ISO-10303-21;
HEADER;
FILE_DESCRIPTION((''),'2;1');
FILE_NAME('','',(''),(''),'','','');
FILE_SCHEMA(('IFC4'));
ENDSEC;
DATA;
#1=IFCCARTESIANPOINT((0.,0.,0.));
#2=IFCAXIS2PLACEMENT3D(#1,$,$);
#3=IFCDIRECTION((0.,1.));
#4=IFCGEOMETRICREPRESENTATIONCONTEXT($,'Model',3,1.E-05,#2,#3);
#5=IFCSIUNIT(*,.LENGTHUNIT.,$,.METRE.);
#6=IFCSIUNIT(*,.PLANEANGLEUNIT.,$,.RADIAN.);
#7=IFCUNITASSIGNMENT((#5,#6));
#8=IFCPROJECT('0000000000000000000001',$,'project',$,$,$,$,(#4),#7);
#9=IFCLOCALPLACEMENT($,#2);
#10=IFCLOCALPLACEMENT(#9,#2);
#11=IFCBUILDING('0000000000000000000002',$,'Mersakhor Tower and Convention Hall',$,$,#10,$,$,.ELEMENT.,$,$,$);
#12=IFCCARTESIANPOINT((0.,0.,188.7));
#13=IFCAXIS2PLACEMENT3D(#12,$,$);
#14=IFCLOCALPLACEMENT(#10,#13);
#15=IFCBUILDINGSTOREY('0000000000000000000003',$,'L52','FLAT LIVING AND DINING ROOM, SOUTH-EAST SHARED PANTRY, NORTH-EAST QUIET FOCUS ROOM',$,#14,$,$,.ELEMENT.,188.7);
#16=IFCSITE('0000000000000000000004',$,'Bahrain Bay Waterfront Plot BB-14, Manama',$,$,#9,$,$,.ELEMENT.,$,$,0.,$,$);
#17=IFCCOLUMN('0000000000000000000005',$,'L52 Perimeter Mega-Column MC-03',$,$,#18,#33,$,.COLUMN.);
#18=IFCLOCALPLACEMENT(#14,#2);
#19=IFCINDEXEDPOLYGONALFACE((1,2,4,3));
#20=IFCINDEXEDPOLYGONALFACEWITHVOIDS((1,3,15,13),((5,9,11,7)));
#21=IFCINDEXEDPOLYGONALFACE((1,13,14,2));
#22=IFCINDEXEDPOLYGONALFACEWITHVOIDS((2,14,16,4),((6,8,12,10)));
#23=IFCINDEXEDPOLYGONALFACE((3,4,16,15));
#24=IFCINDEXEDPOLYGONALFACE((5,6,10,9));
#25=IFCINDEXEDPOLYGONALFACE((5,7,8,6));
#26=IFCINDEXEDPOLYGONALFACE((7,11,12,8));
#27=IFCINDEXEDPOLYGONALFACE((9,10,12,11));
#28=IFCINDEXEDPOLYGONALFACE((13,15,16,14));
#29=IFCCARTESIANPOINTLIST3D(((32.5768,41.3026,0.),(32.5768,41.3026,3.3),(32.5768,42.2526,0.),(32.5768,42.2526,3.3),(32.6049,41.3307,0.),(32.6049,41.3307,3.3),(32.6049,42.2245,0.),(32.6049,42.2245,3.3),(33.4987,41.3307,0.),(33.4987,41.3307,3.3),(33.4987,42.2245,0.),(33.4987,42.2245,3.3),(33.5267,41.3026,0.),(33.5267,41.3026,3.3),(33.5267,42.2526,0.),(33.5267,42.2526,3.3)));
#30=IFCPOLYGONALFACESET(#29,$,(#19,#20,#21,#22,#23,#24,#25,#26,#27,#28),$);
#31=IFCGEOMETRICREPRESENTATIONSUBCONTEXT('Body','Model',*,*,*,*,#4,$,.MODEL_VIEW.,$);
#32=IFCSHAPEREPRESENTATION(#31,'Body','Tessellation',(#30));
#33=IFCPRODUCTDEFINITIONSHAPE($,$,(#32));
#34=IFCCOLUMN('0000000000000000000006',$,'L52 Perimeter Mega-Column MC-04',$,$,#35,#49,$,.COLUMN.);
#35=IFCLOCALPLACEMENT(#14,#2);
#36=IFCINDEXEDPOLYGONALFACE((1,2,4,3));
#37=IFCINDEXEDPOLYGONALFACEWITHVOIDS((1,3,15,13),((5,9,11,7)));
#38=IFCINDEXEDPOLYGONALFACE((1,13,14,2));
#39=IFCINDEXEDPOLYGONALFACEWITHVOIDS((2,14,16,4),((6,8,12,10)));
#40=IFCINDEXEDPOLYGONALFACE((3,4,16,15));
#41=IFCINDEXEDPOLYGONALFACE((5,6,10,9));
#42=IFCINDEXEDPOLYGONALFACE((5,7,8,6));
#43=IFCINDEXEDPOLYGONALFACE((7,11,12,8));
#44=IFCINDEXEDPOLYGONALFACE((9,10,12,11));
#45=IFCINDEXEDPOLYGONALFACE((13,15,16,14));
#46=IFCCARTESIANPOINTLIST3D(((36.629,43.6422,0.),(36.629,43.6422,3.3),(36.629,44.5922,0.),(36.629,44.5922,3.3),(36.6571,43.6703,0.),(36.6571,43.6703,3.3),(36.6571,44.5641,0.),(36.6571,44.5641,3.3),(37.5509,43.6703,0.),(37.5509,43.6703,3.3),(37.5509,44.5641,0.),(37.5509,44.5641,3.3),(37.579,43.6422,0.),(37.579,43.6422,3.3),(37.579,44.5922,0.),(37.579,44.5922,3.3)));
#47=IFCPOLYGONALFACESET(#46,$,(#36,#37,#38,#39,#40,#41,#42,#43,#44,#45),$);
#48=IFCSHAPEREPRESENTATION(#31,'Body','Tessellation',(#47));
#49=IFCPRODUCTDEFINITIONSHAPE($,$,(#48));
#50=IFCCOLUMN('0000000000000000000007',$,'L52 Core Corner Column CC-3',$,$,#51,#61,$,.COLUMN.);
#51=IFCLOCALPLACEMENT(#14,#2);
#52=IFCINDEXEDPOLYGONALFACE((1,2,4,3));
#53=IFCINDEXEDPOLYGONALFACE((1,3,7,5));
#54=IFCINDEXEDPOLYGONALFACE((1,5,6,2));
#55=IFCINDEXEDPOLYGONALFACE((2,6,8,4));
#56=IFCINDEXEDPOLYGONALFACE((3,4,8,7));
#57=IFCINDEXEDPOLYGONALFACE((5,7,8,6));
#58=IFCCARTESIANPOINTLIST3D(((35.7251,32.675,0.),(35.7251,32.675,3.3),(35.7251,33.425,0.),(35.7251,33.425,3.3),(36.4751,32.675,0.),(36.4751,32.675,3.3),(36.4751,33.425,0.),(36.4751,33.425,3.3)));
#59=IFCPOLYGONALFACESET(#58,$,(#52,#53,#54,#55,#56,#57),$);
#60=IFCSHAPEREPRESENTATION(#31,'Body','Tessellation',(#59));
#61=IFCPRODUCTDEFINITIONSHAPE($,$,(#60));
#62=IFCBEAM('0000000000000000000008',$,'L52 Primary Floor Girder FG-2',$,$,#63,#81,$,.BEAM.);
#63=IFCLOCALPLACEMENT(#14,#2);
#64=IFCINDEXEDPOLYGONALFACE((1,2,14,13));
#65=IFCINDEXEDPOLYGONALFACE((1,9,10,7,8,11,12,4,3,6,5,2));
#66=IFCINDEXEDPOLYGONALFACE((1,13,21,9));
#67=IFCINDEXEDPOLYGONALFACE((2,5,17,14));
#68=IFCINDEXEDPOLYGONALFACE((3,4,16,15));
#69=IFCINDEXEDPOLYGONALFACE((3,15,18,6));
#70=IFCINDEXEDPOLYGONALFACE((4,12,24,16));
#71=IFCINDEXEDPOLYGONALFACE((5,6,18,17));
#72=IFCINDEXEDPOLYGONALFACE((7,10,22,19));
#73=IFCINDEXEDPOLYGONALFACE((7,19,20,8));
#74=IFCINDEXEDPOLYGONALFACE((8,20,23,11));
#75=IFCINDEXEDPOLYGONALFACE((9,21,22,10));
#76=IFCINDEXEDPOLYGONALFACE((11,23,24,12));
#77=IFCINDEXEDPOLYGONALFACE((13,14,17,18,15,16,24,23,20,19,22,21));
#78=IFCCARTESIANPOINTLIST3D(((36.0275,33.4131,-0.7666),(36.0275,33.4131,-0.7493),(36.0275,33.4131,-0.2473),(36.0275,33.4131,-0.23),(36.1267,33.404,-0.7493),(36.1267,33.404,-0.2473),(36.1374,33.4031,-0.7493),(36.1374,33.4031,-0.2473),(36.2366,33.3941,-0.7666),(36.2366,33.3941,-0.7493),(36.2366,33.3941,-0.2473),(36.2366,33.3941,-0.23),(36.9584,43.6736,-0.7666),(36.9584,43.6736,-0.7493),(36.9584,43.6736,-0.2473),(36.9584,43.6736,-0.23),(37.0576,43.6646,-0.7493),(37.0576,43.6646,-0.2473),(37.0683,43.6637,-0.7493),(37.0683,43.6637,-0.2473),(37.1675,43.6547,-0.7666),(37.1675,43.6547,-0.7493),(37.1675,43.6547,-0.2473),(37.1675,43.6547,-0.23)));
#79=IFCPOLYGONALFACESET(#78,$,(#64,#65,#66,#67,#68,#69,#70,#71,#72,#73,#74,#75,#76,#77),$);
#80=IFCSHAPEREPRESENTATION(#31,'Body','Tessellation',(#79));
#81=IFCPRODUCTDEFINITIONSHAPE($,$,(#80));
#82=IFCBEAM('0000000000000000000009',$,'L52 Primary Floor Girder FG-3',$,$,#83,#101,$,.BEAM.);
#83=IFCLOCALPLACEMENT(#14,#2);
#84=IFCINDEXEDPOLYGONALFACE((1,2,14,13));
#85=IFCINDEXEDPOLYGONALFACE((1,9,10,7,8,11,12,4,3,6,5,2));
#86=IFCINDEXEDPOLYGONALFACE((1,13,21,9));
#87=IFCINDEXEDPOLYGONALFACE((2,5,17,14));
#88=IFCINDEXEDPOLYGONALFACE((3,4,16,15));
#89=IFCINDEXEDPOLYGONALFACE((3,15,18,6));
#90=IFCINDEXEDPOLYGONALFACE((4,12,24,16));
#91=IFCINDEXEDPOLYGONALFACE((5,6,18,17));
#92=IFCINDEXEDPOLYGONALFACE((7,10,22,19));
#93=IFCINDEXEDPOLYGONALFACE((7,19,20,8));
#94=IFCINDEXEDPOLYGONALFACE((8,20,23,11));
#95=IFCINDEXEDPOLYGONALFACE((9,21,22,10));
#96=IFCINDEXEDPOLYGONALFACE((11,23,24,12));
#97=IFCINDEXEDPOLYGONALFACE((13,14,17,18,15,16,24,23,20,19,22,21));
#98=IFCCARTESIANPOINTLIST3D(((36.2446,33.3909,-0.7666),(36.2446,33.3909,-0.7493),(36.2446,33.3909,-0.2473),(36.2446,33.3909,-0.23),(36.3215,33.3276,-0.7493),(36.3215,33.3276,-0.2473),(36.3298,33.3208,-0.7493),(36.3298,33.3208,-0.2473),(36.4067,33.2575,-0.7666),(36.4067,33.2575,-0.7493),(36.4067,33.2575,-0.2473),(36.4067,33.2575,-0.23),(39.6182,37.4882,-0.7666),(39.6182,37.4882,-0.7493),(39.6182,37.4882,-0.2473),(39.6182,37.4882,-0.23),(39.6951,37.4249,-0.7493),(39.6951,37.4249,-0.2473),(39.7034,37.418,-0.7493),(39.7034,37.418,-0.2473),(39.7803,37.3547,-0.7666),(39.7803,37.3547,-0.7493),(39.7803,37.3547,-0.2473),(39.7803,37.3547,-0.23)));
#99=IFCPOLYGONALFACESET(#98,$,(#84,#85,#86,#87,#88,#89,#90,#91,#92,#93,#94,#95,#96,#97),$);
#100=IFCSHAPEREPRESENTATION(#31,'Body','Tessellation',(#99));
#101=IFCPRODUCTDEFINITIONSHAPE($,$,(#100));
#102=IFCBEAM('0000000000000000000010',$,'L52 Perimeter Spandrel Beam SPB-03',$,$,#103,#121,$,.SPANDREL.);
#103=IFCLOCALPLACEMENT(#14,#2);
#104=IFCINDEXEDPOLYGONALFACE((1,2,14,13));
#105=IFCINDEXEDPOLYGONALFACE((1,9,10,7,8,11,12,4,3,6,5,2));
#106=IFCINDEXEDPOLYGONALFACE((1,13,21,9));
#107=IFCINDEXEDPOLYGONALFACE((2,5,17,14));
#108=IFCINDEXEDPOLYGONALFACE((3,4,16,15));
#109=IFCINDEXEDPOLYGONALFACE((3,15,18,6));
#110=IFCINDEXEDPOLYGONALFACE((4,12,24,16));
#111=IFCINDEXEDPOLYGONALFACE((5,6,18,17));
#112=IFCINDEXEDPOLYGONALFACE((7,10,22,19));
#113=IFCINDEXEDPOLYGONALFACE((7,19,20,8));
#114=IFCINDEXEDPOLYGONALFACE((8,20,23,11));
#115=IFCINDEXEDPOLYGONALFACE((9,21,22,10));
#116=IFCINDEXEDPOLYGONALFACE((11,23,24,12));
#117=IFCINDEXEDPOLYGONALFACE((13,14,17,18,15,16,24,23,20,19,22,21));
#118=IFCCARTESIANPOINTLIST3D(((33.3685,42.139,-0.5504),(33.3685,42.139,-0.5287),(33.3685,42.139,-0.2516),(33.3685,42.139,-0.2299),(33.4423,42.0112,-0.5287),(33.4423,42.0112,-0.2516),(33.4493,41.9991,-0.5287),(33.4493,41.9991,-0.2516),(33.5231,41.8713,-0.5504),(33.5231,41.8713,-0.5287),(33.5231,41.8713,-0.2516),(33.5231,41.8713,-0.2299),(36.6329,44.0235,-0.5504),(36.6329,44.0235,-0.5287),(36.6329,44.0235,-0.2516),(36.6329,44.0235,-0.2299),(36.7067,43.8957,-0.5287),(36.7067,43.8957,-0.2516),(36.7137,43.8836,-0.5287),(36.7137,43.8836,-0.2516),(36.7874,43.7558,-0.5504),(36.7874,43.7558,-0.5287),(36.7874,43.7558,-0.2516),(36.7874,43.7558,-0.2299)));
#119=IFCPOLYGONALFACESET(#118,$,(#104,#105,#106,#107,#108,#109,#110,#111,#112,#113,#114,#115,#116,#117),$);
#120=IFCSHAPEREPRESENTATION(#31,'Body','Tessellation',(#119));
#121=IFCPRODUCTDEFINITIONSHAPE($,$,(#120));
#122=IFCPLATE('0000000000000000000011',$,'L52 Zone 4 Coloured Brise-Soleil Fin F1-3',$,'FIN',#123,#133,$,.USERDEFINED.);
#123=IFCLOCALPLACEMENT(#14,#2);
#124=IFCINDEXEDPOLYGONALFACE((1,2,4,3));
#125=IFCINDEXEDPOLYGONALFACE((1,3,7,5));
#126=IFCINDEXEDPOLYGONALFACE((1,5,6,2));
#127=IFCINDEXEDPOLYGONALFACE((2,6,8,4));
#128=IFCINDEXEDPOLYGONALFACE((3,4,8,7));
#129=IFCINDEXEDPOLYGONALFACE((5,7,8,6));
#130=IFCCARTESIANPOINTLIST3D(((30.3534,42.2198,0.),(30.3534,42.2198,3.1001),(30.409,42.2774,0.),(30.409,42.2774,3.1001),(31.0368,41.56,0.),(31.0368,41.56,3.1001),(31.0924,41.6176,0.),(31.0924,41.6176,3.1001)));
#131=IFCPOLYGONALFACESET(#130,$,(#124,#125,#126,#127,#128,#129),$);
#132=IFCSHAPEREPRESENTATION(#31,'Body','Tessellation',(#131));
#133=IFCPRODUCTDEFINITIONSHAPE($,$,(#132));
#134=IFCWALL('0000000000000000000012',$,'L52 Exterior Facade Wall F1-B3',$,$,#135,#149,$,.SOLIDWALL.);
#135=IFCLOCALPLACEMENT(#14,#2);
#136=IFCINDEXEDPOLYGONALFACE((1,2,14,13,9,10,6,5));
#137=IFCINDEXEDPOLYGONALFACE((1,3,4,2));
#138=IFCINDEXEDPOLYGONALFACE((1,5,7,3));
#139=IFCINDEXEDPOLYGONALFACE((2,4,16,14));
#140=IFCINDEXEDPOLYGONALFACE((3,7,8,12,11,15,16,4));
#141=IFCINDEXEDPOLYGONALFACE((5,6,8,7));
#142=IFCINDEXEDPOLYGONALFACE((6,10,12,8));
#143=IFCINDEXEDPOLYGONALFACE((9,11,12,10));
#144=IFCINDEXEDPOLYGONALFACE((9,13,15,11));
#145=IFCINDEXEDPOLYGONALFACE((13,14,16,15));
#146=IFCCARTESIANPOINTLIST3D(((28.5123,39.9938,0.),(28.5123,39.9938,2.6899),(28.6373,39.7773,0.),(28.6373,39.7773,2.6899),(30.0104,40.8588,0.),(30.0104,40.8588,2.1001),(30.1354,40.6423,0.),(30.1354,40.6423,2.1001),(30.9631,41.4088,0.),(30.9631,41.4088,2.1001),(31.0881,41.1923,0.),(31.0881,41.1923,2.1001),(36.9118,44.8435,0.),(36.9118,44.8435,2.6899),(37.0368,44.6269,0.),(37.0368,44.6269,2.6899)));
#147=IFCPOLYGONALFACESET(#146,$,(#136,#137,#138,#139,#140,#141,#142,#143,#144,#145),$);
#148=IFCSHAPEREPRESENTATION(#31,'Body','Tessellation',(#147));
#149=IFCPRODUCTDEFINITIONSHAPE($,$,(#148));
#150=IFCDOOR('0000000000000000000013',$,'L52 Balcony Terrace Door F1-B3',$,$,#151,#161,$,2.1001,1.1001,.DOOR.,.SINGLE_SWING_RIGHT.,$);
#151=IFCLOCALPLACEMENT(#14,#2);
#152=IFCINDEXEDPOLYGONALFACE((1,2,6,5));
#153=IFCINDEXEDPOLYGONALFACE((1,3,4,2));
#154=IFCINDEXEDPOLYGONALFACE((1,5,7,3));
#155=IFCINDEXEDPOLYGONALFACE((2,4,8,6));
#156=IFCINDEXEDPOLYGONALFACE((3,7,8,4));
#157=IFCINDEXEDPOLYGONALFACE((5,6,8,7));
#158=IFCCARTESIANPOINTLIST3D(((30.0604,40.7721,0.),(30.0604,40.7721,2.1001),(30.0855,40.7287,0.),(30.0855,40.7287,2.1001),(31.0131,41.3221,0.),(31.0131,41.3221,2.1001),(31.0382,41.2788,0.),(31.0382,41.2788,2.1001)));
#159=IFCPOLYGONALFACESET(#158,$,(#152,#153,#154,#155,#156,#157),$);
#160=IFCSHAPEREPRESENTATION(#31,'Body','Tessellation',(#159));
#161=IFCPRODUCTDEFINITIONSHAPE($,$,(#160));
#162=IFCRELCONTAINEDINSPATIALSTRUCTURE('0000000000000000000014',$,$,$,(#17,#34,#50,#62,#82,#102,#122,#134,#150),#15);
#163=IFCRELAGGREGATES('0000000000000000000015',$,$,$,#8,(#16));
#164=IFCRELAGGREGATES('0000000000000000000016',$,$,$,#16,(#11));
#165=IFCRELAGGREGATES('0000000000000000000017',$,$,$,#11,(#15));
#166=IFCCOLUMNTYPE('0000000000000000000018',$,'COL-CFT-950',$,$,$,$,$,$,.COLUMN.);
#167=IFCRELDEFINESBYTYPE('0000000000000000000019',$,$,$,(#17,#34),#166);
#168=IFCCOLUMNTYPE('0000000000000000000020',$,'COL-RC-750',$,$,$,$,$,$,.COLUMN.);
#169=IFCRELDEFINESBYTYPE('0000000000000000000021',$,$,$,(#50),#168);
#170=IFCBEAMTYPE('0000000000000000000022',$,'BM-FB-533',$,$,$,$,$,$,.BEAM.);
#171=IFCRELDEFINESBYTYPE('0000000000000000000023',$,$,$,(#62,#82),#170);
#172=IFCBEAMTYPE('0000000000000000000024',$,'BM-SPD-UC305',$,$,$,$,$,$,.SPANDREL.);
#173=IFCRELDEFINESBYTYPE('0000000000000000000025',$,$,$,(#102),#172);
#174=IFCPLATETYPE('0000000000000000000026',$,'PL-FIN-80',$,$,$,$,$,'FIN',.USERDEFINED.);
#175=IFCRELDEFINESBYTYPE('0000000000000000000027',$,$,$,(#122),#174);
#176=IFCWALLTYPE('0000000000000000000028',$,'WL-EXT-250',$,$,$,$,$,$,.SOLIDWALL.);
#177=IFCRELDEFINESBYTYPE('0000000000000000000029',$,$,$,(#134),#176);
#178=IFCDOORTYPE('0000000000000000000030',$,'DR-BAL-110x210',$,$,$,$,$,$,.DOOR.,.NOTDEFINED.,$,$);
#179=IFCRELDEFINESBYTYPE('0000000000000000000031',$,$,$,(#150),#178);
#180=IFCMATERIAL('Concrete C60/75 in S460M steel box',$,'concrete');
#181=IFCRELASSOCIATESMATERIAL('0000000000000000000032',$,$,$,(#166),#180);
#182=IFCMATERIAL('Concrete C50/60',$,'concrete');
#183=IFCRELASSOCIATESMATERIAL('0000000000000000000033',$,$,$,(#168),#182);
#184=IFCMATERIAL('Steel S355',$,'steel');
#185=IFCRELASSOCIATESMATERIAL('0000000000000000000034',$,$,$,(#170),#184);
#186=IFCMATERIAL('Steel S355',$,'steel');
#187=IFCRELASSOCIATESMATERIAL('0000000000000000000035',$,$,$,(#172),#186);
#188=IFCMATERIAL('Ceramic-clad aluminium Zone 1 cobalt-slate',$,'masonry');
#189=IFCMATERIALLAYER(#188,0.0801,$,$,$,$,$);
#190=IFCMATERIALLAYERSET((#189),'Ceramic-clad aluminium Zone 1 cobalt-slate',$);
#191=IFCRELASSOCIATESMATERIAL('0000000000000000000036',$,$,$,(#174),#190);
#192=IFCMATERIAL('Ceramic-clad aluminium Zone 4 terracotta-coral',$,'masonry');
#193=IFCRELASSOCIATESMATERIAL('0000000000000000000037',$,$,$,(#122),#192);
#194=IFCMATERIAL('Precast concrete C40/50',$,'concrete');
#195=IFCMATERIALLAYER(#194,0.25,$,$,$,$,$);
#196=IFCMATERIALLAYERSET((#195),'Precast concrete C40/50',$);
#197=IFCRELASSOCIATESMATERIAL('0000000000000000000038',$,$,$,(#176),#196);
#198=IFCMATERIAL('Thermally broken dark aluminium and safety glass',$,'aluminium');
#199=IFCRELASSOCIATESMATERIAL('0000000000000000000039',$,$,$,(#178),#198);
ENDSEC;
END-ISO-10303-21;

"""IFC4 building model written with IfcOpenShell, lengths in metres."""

from ifc_helpers import new_model, si_unit, direction, frame, frame_2d, origin, origin_2d, place, context, subcontext, project, spatial, rectangle, hollow_rectangle, i_section, extrude, material, layer, layer_set, material_profile, profile_set, type_object, element, fill, save


model = new_model("IFC4")

# Units and contexts
model_context = context("Model", 3, precision=1e-05, world=origin(), true_north=direction((0.0, 1.0)))
body_context = subcontext(model_context, "Body", "Model", "MODEL_VIEW")
ifc_project = project(units=[si_unit("LENGTHUNIT", "METRE"), si_unit("PLANEANGLEUNIT", "RADIAN")], contexts=[model_context])

# Site, building, storey
site_placement = place(None, origin())
site = spatial("IfcSite", under=ifc_project, at=site_placement, Name="Bahrain Bay Waterfront Plot BB-14, Manama", CompositionType="ELEMENT", RefElevation=0.0)
building_placement = place(site_placement, origin())
building = spatial("IfcBuilding", under=site, at=building_placement, Name="Mersakhor Tower and Convention Hall", CompositionType="ELEMENT")
storey_placement = place(building_placement, frame((0.0, 0.0, 188.7)))
storey = spatial("IfcBuildingStorey", under=building, at=storey_placement, Name="L52", Description="FLAT LIVING AND DINING ROOM, SOUTH-EAST SHARED PANTRY, NORTH-EAST QUIET FOCUS ROOM", CompositionType="ELEMENT", Elevation=188.7)

# Columns
ifc_material_1 = material(Name="Concrete C60/75 in S460M steel box", Category="concrete")
ifc_material_profile_1 = material_profile(ifc_material_1, hollow_rectangle(XDim=0.95, YDim=0.95, WallThickness=0.0281, at=origin_2d()), Name="SHS 950x950x28")
ifc_profile_set_1 = profile_set([ifc_material_profile_1], Name="Concrete C60/75 in S460M steel box")
column_type_1 = type_object("IfcColumnType", Name="COL-CFT-950", PredefinedType="COLUMN", material=ifc_profile_set_1)
for number, where, z_axis, x_axis, name in (
    (1, (33.0518, 41.7776, 0.0), (0.0, 0.0, 1.0), (1.0, 0.0, 0.0), "L52 Perimeter Mega-Column MC-03"),
    (2, (37.104, 44.1172, 0.0), (0.0, 0.0, 1.0), (1.0, 0.0, 0.0), "L52 Perimeter Mega-Column MC-04"),
):
    element("IfcColumn", number, at=place(storey_placement, frame(where, z_axis=z_axis, x_axis=x_axis)), inside=storey, type_object=column_type_1, Name=name, PredefinedType="COLUMN", context=body_context, shape_type="SweptSolid", body=[
        extrude(hollow_rectangle(XDim=0.95, YDim=0.95, WallThickness=0.0281, at=origin_2d()), origin(), (0.0, 0.0, 1.0), 3.3),
    ])
ifc_material_2 = material(Name="Concrete C50/60", Category="concrete")
ifc_material_profile_2 = material_profile(ifc_material_2, rectangle(XDim=0.75, YDim=0.75, at=origin_2d()), Name="RC 750x750")
ifc_profile_set_2 = profile_set([ifc_material_profile_2], Name="Concrete C50/60")
column_type_2 = type_object("IfcColumnType", Name="COL-RC-750", PredefinedType="COLUMN", material=ifc_profile_set_2)
column_placement = place(storey_placement, frame((36.1001, 33.05, 0.0), z_axis=(0.0, 0.0, 1.0), x_axis=(1.0, 0.0, 0.0)))
element("IfcColumn", 3, at=column_placement, inside=storey, type_object=column_type_2, Name="L52 Core Corner Column CC-3", PredefinedType="COLUMN", context=body_context, shape_type="SweptSolid", body=[
    extrude(rectangle(XDim=0.75, YDim=0.75, at=origin_2d()), origin(), (0.0, 0.0, 1.0), 3.3),
])

# Beams
ifc_material_3 = material(Name="Steel S355", Category="steel")
ifc_material_profile_3 = material_profile(ifc_material_3, i_section(OverallWidth=0.21, OverallDepth=0.5366, WebThickness=0.0107, FlangeThickness=0.0173, at=origin_2d()), Name="UB 533x210x101")
ifc_profile_set_3 = profile_set([ifc_material_profile_3], Name="Steel S355")
beam_type_1 = type_object("IfcBeamType", Name="BM-FB-533", PredefinedType="BEAM", material=ifc_profile_set_3)
beam_1_placement = place(storey_placement, frame((36.1321, 33.4036, -0.4983), z_axis=(0.090356, 0.99591, 0.0), x_axis=(-0.99591, 0.090356, 0.0)))
element("IfcBeam", 4, at=beam_1_placement, inside=storey, type_object=beam_type_1, Name="L52 Primary Floor Girder FG-2", PredefinedType="BEAM", context=body_context, shape_type="SweptSolid", body=[
    extrude(i_section(OverallWidth=0.21, OverallDepth=0.5366, WebThickness=0.0107, FlangeThickness=0.0173, at=origin_2d()), origin(), (0.0, 0.0, 1.0), 10.3027),
])
beam_2_placement = place(storey_placement, frame((36.3257, 33.3242, -0.4983), z_axis=(0.63564, 0.771986, 0.0), x_axis=(-0.771986, 0.63564, 0.0)))
element("IfcBeam", 5, at=beam_2_placement, inside=storey, type_object=beam_type_1, Name="L52 Primary Floor Girder FG-3", PredefinedType="BEAM", context=body_context, shape_type="SweptSolid", body=[
    extrude(i_section(OverallWidth=0.21, OverallDepth=0.5366, WebThickness=0.0107, FlangeThickness=0.0173, at=origin_2d()), origin(), (0.0, 0.0, 1.0), 5.3074),
])
ifc_material_4 = material(Name="Steel S355", Category="steel")
ifc_material_profile_4 = material_profile(ifc_material_4, i_section(OverallWidth=0.3091, OverallDepth=0.3206, WebThickness=0.0139, FlangeThickness=0.0217, at=origin_2d()), Name="UC 305x305x137")
ifc_profile_set_4 = profile_set([ifc_material_profile_4], Name="Steel S355")
beam_type_2 = type_object("IfcBeamType", Name="BM-SPD-UC305", PredefinedType="SPANDREL", material=ifc_profile_set_4)
beam_3_placement = place(storey_placement, frame((33.4458, 42.0051, -0.3901), z_axis=(0.866046, 0.499964, 0.0), x_axis=(-0.499964, 0.866046, 0.0)))
element("IfcBeam", 6, at=beam_3_placement, inside=storey, type_object=beam_type_2, Name="L52 Perimeter Spandrel Beam SPB-03", PredefinedType="SPANDREL", context=body_context, shape_type="SweptSolid", body=[
    extrude(i_section(OverallWidth=0.3091, OverallDepth=0.3206, WebThickness=0.0139, FlangeThickness=0.0217, at=origin_2d()), origin(), (0.0, 0.0, 1.0), 3.7693),
])

# Plate
ifc_material_5 = material(Name="Ceramic-clad aluminium Zone 4 terracotta-coral", Category="masonry")
ifc_material_6 = material(Name="Ceramic-clad aluminium Zone 1 cobalt-slate", Category="masonry")
ifc_layer_1 = layer(ifc_material_6, 0.0801)
ifc_layer_set_1 = layer_set([ifc_layer_1], Name="Ceramic-clad aluminium Zone 1 cobalt-slate")
plate_type = type_object("IfcPlateType", Name="PL-FIN-80", ElementType="FIN", PredefinedType="USERDEFINED", material=ifc_layer_set_1)
plate_placement = place(storey_placement, frame((30.7229, 41.9187, 0.0), z_axis=(0.0, 0.0, 1.0), x_axis=(-0.71934, 0.694658, 0.0)))
element("IfcPlate", 7, at=plate_placement, inside=storey, type_object=plate_type, material=ifc_material_5, Name="L52 Zone 4 Coloured Brise-Soleil Fin F1-3", ObjectType="FIN", PredefinedType="USERDEFINED", context=body_context, shape_type="SweptSolid", body=[
    extrude(rectangle(XDim=0.95, YDim=0.0801, at=origin_2d()), origin(), (0.0, 0.0, 1.0), 3.1001),
])

# Wall, opening, door
ifc_material_7 = material(Name="Precast concrete C40/50", Category="concrete")
ifc_layer_2 = layer(ifc_material_7, 0.25)
ifc_layer_set_2 = layer_set([ifc_layer_2], Name="Precast concrete C40/50")
wall_type_1 = type_object("IfcWallType", Name="WL-EXT-250", PredefinedType="SOLIDWALL", material=ifc_layer_set_2)
wall_1_placement = place(storey_placement, frame((28.5747, 39.8855, 0.0), z_axis=(0.0, 0.0, 1.0), x_axis=(0.866016, 0.500016, 0.0)))
wall_1 = element("IfcWall", 8, at=wall_1_placement, inside=storey, type_object=wall_type_1, Name="L52 Exterior Facade Wall F1-B3", PredefinedType="SOLIDWALL", context=body_context, shape_type="SweptSolid", body=[
    extrude(rectangle(XDim=9.699, YDim=0.25, at=frame_2d((4.8496, 0.0))), origin(), (0.0, 0.0, 1.0), 2.6899),
])
opening_1_placement = place(wall_1_placement, frame((1.73, 0.0, 0.0)))
opening_1 = element("IfcOpeningElement", 9, at=opening_1_placement, cuts=wall_1, PredefinedType="OPENING", context=body_context, shape_type="SweptSolid", body=[
    extrude(rectangle(XDim=1.1001, YDim=2.1001, at=frame_2d((0.55, 1.05))), frame((0.0, 0.135, 0.0), z_axis=(0.0, -1.0, 0.0), x_axis=(1.0, 0.0, 0.0)), (0.0, 0.0, 1.0), 0.27),
])
ifc_material_8 = material(Name="Thermally broken dark aluminium and safety glass", Category="aluminium")
door_type_1 = type_object("IfcDoorType", Name="DR-BAL-110x210", OperationType="NOTDEFINED", PredefinedType="DOOR", material=ifc_material_8)
door_1_placement = place(opening_1_placement, origin())
door_1 = element("IfcDoor", 10, at=door_1_placement, inside=storey, type_object=door_type_1, Name="L52 Balcony Terrace Door F1-B3", OperationType="SINGLE_SWING_RIGHT", OverallHeight=2.1001, OverallWidth=1.1001, PredefinedType="DOOR", context=body_context, shape_type="SweptSolid", body=[
    extrude(rectangle(XDim=1.1001, YDim=2.1001, at=frame_2d((0.55, 1.05))), frame((0.0, 0.0249, 0.0), z_axis=(0.0, -1.0, 0.0), x_axis=(1.0, 0.0, 0.0)), (0.0, 0.0, 1.0), 0.05),
])
fill(opening_1, door_1)

save(model, "model.ifc")
